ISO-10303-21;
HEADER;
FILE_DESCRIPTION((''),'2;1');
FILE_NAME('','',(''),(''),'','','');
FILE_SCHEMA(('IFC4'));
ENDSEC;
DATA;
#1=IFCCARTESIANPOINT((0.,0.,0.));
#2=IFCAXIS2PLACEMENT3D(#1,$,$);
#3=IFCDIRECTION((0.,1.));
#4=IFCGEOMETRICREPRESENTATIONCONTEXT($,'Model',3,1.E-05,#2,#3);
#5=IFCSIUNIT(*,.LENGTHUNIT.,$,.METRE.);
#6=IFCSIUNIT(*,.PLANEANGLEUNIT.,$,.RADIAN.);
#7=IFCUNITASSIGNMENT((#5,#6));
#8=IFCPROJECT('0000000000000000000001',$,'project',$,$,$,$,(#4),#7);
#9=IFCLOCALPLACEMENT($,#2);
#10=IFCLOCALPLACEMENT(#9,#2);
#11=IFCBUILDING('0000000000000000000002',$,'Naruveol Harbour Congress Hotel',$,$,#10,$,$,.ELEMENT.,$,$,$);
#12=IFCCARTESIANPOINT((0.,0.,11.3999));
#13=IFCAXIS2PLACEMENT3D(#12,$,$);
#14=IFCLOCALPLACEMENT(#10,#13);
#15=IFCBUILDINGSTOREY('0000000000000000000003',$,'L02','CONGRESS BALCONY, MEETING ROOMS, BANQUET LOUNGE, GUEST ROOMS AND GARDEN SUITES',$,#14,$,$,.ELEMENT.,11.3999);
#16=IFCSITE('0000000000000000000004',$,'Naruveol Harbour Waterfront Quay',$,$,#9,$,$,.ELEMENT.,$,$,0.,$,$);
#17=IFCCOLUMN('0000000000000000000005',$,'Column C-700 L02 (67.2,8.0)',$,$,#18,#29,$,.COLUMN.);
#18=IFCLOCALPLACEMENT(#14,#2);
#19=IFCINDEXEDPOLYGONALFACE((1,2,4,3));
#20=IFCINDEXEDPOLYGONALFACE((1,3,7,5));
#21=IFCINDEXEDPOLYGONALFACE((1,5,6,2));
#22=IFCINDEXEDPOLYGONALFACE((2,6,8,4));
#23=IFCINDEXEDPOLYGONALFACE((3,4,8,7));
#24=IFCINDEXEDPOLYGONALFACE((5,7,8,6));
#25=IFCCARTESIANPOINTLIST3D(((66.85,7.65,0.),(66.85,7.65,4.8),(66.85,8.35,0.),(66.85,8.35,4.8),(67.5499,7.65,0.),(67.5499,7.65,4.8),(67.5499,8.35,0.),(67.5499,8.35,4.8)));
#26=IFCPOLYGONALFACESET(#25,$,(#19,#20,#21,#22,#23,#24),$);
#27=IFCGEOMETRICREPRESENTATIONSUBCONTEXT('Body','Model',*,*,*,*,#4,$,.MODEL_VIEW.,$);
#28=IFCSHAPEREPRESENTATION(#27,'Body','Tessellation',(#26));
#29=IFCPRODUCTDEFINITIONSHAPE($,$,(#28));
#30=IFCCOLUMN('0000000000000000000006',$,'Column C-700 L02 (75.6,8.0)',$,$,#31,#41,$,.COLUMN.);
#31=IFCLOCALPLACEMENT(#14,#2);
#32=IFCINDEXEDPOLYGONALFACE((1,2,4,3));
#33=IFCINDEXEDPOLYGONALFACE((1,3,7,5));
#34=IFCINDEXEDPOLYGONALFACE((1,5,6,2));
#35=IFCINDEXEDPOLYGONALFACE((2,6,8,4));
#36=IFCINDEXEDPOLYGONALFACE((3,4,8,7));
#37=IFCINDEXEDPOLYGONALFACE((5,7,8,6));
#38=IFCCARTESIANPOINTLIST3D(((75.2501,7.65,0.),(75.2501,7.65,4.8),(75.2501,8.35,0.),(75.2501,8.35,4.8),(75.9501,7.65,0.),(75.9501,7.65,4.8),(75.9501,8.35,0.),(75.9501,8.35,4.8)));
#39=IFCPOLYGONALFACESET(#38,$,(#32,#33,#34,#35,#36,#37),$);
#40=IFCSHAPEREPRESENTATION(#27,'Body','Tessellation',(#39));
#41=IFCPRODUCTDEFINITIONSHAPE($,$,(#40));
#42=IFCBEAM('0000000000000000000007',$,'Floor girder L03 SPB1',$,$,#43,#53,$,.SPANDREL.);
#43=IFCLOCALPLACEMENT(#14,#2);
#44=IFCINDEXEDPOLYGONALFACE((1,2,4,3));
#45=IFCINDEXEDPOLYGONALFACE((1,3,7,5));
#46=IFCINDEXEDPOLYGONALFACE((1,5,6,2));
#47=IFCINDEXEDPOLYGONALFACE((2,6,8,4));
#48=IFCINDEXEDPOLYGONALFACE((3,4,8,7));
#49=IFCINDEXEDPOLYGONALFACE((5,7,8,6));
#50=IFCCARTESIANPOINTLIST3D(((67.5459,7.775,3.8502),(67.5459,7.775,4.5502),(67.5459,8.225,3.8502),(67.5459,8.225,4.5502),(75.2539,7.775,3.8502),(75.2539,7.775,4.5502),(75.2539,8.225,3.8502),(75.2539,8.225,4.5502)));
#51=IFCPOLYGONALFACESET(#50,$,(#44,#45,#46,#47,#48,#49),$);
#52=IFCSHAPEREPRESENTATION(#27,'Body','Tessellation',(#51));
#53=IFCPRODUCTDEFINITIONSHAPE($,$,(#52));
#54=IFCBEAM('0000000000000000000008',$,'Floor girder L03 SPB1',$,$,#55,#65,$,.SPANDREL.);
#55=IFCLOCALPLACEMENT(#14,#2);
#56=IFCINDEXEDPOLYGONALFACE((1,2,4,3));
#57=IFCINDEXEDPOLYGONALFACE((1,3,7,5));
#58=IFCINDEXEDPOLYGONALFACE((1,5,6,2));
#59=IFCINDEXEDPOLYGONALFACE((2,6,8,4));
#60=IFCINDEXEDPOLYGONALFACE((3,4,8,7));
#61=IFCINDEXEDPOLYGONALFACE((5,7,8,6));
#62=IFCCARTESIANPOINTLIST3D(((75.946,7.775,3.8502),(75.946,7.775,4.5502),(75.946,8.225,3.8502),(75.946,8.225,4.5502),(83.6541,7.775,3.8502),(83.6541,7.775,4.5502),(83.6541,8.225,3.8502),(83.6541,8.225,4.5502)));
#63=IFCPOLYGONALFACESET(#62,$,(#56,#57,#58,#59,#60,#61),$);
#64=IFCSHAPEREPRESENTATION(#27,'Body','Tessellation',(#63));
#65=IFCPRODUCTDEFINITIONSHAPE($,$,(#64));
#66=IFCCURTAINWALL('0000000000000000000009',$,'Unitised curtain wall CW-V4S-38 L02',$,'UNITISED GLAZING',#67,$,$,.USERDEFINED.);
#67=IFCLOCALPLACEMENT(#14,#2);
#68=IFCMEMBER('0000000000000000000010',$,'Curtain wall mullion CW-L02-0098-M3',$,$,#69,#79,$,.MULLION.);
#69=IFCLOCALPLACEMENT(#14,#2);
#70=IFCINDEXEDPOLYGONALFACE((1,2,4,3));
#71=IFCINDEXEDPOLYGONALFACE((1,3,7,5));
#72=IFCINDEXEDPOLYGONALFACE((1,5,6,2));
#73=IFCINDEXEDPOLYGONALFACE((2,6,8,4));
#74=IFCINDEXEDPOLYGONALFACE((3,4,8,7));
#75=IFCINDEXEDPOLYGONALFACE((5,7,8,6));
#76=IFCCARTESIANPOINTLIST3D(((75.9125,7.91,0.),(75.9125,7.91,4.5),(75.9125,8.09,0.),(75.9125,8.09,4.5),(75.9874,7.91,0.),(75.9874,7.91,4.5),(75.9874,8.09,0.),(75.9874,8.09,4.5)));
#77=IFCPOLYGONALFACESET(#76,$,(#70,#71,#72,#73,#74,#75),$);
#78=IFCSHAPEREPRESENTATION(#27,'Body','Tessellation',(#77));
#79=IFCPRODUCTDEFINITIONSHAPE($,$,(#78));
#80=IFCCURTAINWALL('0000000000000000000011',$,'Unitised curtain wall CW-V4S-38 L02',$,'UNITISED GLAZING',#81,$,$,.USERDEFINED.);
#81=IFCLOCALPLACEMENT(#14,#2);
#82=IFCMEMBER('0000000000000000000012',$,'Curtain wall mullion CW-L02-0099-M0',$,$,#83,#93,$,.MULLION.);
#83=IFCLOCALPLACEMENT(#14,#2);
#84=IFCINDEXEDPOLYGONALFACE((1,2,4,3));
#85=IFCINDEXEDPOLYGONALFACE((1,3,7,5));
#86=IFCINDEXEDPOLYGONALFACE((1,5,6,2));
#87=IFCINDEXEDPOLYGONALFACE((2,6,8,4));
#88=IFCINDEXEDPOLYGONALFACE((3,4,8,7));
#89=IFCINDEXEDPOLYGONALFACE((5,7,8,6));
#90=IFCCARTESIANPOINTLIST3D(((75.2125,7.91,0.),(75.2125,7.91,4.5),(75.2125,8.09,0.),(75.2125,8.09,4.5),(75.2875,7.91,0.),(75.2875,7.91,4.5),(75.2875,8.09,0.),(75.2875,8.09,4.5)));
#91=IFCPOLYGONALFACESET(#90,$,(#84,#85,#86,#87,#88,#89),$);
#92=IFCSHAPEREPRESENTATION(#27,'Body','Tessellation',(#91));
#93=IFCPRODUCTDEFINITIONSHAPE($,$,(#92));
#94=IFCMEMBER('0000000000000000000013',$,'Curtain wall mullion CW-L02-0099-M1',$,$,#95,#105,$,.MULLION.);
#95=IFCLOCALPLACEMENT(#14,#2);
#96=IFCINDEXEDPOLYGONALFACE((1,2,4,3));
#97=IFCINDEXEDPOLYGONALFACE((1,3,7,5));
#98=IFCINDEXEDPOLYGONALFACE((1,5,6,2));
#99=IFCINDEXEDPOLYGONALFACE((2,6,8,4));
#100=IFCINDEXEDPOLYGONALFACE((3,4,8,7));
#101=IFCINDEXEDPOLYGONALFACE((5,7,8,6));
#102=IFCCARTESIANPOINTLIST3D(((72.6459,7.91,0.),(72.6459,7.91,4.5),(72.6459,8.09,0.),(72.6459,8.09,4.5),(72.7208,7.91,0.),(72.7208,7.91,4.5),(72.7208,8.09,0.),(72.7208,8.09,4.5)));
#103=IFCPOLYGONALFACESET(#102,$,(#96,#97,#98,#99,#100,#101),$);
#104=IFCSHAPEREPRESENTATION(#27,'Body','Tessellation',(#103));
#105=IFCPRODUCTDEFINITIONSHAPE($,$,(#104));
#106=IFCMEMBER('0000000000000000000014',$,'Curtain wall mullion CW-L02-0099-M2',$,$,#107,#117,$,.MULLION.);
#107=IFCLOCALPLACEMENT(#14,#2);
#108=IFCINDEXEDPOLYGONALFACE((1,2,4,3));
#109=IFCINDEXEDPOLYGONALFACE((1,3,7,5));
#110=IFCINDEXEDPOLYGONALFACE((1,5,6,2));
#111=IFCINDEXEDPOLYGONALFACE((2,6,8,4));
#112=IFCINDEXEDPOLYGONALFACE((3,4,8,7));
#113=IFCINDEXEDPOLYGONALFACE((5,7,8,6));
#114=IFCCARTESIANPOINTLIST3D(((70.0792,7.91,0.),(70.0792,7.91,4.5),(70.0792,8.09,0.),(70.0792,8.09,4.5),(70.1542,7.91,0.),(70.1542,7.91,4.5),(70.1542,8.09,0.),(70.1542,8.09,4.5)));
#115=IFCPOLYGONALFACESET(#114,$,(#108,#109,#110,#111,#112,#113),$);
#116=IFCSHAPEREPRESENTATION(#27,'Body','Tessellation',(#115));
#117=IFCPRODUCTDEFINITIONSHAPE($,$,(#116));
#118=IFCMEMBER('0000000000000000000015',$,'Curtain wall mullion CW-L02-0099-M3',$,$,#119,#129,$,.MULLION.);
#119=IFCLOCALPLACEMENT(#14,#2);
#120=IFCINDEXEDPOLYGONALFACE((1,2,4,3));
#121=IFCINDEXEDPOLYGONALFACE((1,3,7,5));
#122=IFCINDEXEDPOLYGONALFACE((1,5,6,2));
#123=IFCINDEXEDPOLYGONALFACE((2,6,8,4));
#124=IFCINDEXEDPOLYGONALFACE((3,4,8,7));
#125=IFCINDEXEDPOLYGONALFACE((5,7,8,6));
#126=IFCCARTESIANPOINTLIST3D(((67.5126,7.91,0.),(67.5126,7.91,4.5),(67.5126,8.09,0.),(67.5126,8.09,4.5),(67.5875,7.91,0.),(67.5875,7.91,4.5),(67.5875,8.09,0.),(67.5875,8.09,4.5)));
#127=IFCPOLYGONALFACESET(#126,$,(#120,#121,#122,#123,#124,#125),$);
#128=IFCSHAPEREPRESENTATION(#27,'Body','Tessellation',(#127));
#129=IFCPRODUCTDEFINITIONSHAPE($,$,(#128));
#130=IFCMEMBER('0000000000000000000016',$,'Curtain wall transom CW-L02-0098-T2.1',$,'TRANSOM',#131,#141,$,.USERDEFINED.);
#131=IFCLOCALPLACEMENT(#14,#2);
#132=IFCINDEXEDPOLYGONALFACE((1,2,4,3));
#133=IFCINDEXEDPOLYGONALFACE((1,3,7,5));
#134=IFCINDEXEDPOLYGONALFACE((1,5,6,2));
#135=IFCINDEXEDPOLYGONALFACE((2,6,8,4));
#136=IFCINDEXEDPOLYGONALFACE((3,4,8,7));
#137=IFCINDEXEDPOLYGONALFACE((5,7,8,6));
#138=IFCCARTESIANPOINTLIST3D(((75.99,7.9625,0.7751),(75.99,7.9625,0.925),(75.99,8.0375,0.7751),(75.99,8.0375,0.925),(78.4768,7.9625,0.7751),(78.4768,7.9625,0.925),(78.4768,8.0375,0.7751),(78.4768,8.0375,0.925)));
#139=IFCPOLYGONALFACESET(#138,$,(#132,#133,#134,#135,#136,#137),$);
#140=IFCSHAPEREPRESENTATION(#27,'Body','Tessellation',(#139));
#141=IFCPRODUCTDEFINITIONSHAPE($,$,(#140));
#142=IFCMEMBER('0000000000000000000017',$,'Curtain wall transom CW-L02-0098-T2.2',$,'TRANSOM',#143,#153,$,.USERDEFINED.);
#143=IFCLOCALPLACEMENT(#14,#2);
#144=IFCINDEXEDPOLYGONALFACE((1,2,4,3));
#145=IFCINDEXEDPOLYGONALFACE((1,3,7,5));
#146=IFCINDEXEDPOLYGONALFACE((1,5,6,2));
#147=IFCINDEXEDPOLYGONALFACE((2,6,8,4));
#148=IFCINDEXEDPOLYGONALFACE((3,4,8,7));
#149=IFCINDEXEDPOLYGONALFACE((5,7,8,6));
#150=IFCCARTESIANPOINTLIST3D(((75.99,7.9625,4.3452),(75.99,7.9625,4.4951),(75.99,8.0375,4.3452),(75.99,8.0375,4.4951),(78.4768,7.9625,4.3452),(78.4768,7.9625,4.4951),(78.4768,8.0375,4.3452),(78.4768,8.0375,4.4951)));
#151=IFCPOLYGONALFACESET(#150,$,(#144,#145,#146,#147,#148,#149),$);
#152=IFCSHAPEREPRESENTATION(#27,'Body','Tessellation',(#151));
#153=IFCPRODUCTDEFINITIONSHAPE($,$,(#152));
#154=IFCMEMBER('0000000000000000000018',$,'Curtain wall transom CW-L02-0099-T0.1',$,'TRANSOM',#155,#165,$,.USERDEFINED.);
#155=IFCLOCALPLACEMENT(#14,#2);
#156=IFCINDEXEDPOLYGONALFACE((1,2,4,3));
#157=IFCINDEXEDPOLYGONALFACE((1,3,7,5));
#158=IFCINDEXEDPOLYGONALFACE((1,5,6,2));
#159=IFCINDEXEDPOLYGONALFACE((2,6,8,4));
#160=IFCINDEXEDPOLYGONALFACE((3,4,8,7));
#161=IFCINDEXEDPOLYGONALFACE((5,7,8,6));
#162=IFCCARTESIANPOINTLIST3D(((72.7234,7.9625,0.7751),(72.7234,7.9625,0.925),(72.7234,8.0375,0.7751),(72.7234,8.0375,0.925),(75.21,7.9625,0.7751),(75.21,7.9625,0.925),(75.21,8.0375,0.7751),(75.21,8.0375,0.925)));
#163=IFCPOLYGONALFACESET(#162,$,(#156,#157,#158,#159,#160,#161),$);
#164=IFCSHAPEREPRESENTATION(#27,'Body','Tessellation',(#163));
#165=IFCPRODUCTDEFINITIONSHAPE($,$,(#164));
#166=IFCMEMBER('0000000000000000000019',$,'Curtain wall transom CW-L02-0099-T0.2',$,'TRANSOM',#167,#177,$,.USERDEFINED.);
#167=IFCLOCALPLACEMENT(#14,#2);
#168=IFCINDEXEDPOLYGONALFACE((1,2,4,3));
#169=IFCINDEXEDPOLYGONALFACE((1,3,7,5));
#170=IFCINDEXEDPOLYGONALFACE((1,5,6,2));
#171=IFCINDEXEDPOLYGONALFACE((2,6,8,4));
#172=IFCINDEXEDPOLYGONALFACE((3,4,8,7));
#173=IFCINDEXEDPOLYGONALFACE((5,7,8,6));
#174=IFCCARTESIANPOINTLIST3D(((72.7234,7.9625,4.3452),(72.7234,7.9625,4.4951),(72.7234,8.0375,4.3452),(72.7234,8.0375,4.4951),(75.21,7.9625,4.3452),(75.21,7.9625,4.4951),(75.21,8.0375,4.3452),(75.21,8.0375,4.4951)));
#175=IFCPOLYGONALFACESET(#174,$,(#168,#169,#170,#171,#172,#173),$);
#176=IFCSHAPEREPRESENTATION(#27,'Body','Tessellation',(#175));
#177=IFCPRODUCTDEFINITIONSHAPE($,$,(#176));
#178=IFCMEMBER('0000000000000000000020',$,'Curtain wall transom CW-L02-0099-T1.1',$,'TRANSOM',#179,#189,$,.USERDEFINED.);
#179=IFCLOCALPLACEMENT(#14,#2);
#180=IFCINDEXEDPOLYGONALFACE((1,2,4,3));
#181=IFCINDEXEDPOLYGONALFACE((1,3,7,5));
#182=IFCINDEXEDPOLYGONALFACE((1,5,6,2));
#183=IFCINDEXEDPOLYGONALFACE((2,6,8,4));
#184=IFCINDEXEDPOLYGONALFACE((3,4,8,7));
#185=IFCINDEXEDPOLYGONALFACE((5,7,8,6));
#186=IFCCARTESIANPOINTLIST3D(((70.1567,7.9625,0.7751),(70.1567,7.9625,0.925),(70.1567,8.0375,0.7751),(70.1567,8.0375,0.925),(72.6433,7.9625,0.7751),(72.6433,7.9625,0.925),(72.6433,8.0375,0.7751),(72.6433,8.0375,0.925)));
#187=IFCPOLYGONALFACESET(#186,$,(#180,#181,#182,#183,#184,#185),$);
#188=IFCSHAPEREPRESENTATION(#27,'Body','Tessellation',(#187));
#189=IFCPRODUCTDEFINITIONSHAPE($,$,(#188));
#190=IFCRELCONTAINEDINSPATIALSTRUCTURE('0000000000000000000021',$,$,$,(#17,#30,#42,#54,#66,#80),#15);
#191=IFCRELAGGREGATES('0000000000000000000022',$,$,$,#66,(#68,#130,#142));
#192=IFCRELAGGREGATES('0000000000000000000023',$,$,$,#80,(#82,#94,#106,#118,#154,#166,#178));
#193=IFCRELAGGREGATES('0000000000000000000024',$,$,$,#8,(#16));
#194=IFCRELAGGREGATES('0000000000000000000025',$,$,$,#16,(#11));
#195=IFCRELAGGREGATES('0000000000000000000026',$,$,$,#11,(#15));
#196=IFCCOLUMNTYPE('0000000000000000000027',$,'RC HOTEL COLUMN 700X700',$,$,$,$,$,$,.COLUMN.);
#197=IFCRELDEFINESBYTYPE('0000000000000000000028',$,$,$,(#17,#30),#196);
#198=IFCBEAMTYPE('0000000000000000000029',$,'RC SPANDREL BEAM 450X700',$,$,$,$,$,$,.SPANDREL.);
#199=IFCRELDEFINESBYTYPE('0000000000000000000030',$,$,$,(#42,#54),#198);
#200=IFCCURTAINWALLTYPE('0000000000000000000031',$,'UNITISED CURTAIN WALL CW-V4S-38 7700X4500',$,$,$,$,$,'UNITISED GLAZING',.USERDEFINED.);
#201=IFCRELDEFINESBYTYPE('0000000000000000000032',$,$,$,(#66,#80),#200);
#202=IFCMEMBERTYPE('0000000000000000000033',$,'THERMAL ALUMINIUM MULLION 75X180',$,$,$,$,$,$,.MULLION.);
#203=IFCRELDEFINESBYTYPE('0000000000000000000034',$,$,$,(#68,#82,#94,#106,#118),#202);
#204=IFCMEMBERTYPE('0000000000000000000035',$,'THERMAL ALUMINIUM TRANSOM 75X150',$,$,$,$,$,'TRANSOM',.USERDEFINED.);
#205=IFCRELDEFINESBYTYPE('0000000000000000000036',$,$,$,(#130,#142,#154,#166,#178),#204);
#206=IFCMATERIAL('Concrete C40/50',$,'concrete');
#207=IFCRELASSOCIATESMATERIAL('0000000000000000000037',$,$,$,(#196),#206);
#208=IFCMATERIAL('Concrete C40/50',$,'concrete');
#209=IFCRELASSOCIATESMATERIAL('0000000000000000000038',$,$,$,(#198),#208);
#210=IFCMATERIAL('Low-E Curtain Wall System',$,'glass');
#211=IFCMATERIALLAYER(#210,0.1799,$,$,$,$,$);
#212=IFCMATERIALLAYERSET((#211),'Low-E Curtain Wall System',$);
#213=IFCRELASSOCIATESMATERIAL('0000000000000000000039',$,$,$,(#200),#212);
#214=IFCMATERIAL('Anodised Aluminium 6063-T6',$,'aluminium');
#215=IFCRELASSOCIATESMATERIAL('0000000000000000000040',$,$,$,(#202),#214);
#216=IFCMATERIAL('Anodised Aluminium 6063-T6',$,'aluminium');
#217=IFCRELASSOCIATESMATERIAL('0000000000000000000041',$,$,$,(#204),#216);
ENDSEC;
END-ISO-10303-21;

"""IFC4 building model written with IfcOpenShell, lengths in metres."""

from ifc_helpers import new_model, si_unit, direction, frame, origin, origin_2d, place, context, subcontext, project, spatial, rectangle, extrude, material, layer, layer_set, material_profile, profile_set, type_object, element, aggregate, save


model = new_model("IFC4")

# Units and contexts
model_context = context("Model", 3, precision=1e-05, world=origin(), true_north=direction((0.0, 1.0)))
body_context = subcontext(model_context, "Body", "Model", "MODEL_VIEW")
ifc_project = project(units=[si_unit("LENGTHUNIT", "METRE"), si_unit("PLANEANGLEUNIT", "RADIAN")], contexts=[model_context])

# Site, building, storey
site_placement = place(None, origin())
site = spatial("IfcSite", under=ifc_project, at=site_placement, Name="Naruveol Harbour Waterfront Quay", CompositionType="ELEMENT", RefElevation=0.0)
building_placement = place(site_placement, origin())
building = spatial("IfcBuilding", under=site, at=building_placement, Name="Naruveol Harbour Congress Hotel", CompositionType="ELEMENT")
storey_placement = place(building_placement, frame((0.0, 0.0, 11.3999)))
storey = spatial("IfcBuildingStorey", under=building, at=storey_placement, Name="L02", Description="CONGRESS BALCONY, MEETING ROOMS, BANQUET LOUNGE, GUEST ROOMS AND GARDEN SUITES", CompositionType="ELEMENT", Elevation=11.3999)

# Columns
ifc_material_1 = material(Name="Concrete C40/50", Category="concrete")
ifc_material_profile_1 = material_profile(ifc_material_1, rectangle(XDim=0.7, YDim=0.7, at=origin_2d()), Name="RC-700x700")
ifc_profile_set_1 = profile_set([ifc_material_profile_1], Name="Concrete C40/50")
column_type = type_object("IfcColumnType", Name="RC HOTEL COLUMN 700X700", PredefinedType="COLUMN", material=ifc_profile_set_1)
for number, where, z_axis, x_axis, name in (
    (1, (67.2, 8.0, 0.0), (0.0, 0.0, 1.0), (1.0, 0.0, 0.0), "Column C-700 L02 (67.2,8.0)"),
    (2, (75.6001, 8.0, 0.0), (0.0, 0.0, 1.0), (1.0, 0.0, 0.0), "Column C-700 L02 (75.6,8.0)"),
):
    element("IfcColumn", number, at=place(storey_placement, frame(where, z_axis=z_axis, x_axis=x_axis)), inside=storey, type_object=column_type, Name=name, PredefinedType="COLUMN", context=body_context, shape_type="SweptSolid", body=[
        extrude(rectangle(XDim=0.7, YDim=0.7, at=origin_2d()), origin(), (0.0, 0.0, 1.0), 4.8),
    ])

# Beams
ifc_material_2 = material(Name="Concrete C40/50", Category="concrete")
ifc_material_profile_2 = material_profile(ifc_material_2, rectangle(XDim=0.45, YDim=0.7, at=origin_2d()), Name="RCB-450x700")
ifc_profile_set_2 = profile_set([ifc_material_profile_2], Name="Concrete C40/50")
beam_type = type_object("IfcBeamType", Name="RC SPANDREL BEAM 450X700", PredefinedType="SPANDREL", material=ifc_profile_set_2)
for number, where, z_axis, x_axis, name in (
    (3, (67.5459, 8.0, 4.2002), (1.0, 0.0, 0.0), (0.0, 1.0, 0.0), "Floor girder L03 SPB1"),
    (4, (75.946, 8.0, 4.2002), (1.0, 0.0, 0.0), (0.0, 1.0, 0.0), "Floor girder L03 SPB1"),
):
    element("IfcBeam", number, at=place(storey_placement, frame(where, z_axis=z_axis, x_axis=x_axis)), inside=storey, type_object=beam_type, Name=name, PredefinedType="SPANDREL", context=body_context, shape_type="SweptSolid", body=[
        extrude(rectangle(XDim=0.45, YDim=0.7, at=origin_2d()), origin(), (0.0, 0.0, 1.0), 7.708),
    ])

# Curtain wall, member
ifc_material_3 = material(Name="Low-E Curtain Wall System", Category="glass")
ifc_layer_1 = layer(ifc_material_3, 0.1799)
ifc_layer_set_1 = layer_set([ifc_layer_1], Name="Low-E Curtain Wall System")
curtain_wall_type = type_object("IfcCurtainWallType", Name="UNITISED CURTAIN WALL CW-V4S-38 7700X4500", ElementType="UNITISED GLAZING", PredefinedType="USERDEFINED", material=ifc_layer_set_1)
curtain_wall_1_placement = place(storey_placement, origin())
curtain_wall_1 = element("IfcCurtainWall", 5, at=curtain_wall_1_placement, inside=storey, type_object=curtain_wall_type, Name="Unitised curtain wall CW-V4S-38 L02", ObjectType="UNITISED GLAZING", PredefinedType="USERDEFINED")
ifc_material_4 = material(Name="Anodised Aluminium 6063-T6", Category="aluminium")
ifc_material_profile_3 = material_profile(ifc_material_4, rectangle(XDim=0.075, YDim=0.1799, at=origin_2d()), Name="ALU-75x180")
ifc_profile_set_3 = profile_set([ifc_material_profile_3], Name="Anodised Aluminium 6063-T6")
member_type_1 = type_object("IfcMemberType", Name="THERMAL ALUMINIUM MULLION 75X180", PredefinedType="MULLION", material=ifc_profile_set_3)
member_1_placement = place(storey_placement, frame((75.95, 8.0, 0.0), z_axis=(0.0, 0.0, 1.0), x_axis=(1.0, 0.0, 0.0)))
member_1 = element("IfcMember", 6, at=member_1_placement, type_object=member_type_1, Name="Curtain wall mullion CW-L02-0098-M3", PredefinedType="MULLION", context=body_context, shape_type="SweptSolid", body=[
    extrude(rectangle(XDim=0.075, YDim=0.1799, at=origin_2d()), origin(), (0.0, 0.0, 1.0), 4.5),
])

# Curtain wall, members
curtain_wall_2_placement = place(storey_placement, origin())
curtain_wall_2 = element("IfcCurtainWall", 7, at=curtain_wall_2_placement, inside=storey, type_object=curtain_wall_type, Name="Unitised curtain wall CW-V4S-38 L02", ObjectType="UNITISED GLAZING", PredefinedType="USERDEFINED")
member_2_placement = place(storey_placement, frame((75.25, 8.0, 0.0), z_axis=(0.0, 0.0, 1.0), x_axis=(1.0, 0.0, 0.0)))
member_2 = element("IfcMember", 8, at=member_2_placement, type_object=member_type_1, Name="Curtain wall mullion CW-L02-0099-M0", PredefinedType="MULLION", context=body_context, shape_type="SweptSolid", body=[
    extrude(rectangle(XDim=0.075, YDim=0.1799, at=origin_2d()), origin(), (0.0, 0.0, 1.0), 4.5),
])
member_3_placement = place(storey_placement, frame((72.6833, 8.0, 0.0), z_axis=(0.0, 0.0, 1.0), x_axis=(1.0, 0.0, 0.0)))
member_3 = element("IfcMember", 9, at=member_3_placement, type_object=member_type_1, Name="Curtain wall mullion CW-L02-0099-M1", PredefinedType="MULLION", context=body_context, shape_type="SweptSolid", body=[
    extrude(rectangle(XDim=0.075, YDim=0.1799, at=origin_2d()), origin(), (0.0, 0.0, 1.0), 4.5),
])
member_4_placement = place(storey_placement, frame((70.1167, 8.0, 0.0), z_axis=(0.0, 0.0, 1.0), x_axis=(1.0, 0.0, 0.0)))
member_4 = element("IfcMember", 10, at=member_4_placement, type_object=member_type_1, Name="Curtain wall mullion CW-L02-0099-M2", PredefinedType="MULLION", context=body_context, shape_type="SweptSolid", body=[
    extrude(rectangle(XDim=0.075, YDim=0.1799, at=origin_2d()), origin(), (0.0, 0.0, 1.0), 4.5),
])
member_5_placement = place(storey_placement, frame((67.55, 8.0, 0.0), z_axis=(0.0, 0.0, 1.0), x_axis=(1.0, 0.0, 0.0)))
member_5 = element("IfcMember", 11, at=member_5_placement, type_object=member_type_1, Name="Curtain wall mullion CW-L02-0099-M3", PredefinedType="MULLION", context=body_context, shape_type="SweptSolid", body=[
    extrude(rectangle(XDim=0.075, YDim=0.1799, at=origin_2d()), origin(), (0.0, 0.0, 1.0), 4.5),
])

# Members
ifc_material_5 = material(Name="Anodised Aluminium 6063-T6", Category="aluminium")
ifc_material_profile_4 = material_profile(ifc_material_5, rectangle(XDim=0.075, YDim=0.1499, at=origin_2d()), Name="ALU-75x150")
ifc_profile_set_4 = profile_set([ifc_material_profile_4], Name="Anodised Aluminium 6063-T6")
member_type_2 = type_object("IfcMemberType", Name="THERMAL ALUMINIUM TRANSOM 75X150", ElementType="TRANSOM", PredefinedType="USERDEFINED", material=ifc_profile_set_4)
member_6_placement = place(storey_placement, frame((78.4768, 8.0, 0.8501), z_axis=(-1.0, 0.0, 0.0), x_axis=(0.0, -1.0, 0.0)))
member_6 = element("IfcMember", 12, at=member_6_placement, type_object=member_type_2, Name="Curtain wall transom CW-L02-0098-T2.1", ObjectType="TRANSOM", PredefinedType="USERDEFINED", context=body_context, shape_type="SweptSolid", body=[
    extrude(rectangle(XDim=0.075, YDim=0.1499, at=origin_2d()), origin(), (0.0, 0.0, 1.0), 2.4868),
])
member_7_placement = place(storey_placement, frame((78.4768, 8.0, 4.4202), z_axis=(-1.0, 0.0, 0.0), x_axis=(0.0, -1.0, 0.0)))
member_7 = element("IfcMember", 13, at=member_7_placement, type_object=member_type_2, Name="Curtain wall transom CW-L02-0098-T2.2", ObjectType="TRANSOM", PredefinedType="USERDEFINED", context=body_context, shape_type="SweptSolid", body=[
    extrude(rectangle(XDim=0.075, YDim=0.1499, at=origin_2d()), origin(), (0.0, 0.0, 1.0), 2.4868),
])
member_8_placement = place(storey_placement, frame((75.21, 8.0, 0.8501), z_axis=(-1.0, 0.0, 0.0), x_axis=(0.0, -1.0, 0.0)))
member_8 = element("IfcMember", 14, at=member_8_placement, type_object=member_type_2, Name="Curtain wall transom CW-L02-0099-T0.1", ObjectType="TRANSOM", PredefinedType="USERDEFINED", context=body_context, shape_type="SweptSolid", body=[
    extrude(rectangle(XDim=0.075, YDim=0.1499, at=origin_2d()), origin(), (0.0, 0.0, 1.0), 2.4866),
])
member_9_placement = place(storey_placement, frame((75.21, 8.0, 4.4202), z_axis=(-1.0, 0.0, 0.0), x_axis=(0.0, -1.0, 0.0)))
member_9 = element("IfcMember", 15, at=member_9_placement, type_object=member_type_2, Name="Curtain wall transom CW-L02-0099-T0.2", ObjectType="TRANSOM", PredefinedType="USERDEFINED", context=body_context, shape_type="SweptSolid", body=[
    extrude(rectangle(XDim=0.075, YDim=0.1499, at=origin_2d()), origin(), (0.0, 0.0, 1.0), 2.4866),
])
member_10_placement = place(storey_placement, frame((72.6433, 8.0, 0.8501), z_axis=(-1.0, 0.0, 0.0), x_axis=(0.0, -1.0, 0.0)))
member_10 = element("IfcMember", 16, at=member_10_placement, type_object=member_type_2, Name="Curtain wall transom CW-L02-0099-T1.1", ObjectType="TRANSOM", PredefinedType="USERDEFINED", context=body_context, shape_type="SweptSolid", body=[
    extrude(rectangle(XDim=0.075, YDim=0.1499, at=origin_2d()), origin(), (0.0, 0.0, 1.0), 2.4866),
])

aggregate(curtain_wall_1, [member_1, member_6, member_7])
aggregate(curtain_wall_2, [member_2, member_3, member_4, member_5, member_8, member_9, member_10])

save(model, "model.ifc")
